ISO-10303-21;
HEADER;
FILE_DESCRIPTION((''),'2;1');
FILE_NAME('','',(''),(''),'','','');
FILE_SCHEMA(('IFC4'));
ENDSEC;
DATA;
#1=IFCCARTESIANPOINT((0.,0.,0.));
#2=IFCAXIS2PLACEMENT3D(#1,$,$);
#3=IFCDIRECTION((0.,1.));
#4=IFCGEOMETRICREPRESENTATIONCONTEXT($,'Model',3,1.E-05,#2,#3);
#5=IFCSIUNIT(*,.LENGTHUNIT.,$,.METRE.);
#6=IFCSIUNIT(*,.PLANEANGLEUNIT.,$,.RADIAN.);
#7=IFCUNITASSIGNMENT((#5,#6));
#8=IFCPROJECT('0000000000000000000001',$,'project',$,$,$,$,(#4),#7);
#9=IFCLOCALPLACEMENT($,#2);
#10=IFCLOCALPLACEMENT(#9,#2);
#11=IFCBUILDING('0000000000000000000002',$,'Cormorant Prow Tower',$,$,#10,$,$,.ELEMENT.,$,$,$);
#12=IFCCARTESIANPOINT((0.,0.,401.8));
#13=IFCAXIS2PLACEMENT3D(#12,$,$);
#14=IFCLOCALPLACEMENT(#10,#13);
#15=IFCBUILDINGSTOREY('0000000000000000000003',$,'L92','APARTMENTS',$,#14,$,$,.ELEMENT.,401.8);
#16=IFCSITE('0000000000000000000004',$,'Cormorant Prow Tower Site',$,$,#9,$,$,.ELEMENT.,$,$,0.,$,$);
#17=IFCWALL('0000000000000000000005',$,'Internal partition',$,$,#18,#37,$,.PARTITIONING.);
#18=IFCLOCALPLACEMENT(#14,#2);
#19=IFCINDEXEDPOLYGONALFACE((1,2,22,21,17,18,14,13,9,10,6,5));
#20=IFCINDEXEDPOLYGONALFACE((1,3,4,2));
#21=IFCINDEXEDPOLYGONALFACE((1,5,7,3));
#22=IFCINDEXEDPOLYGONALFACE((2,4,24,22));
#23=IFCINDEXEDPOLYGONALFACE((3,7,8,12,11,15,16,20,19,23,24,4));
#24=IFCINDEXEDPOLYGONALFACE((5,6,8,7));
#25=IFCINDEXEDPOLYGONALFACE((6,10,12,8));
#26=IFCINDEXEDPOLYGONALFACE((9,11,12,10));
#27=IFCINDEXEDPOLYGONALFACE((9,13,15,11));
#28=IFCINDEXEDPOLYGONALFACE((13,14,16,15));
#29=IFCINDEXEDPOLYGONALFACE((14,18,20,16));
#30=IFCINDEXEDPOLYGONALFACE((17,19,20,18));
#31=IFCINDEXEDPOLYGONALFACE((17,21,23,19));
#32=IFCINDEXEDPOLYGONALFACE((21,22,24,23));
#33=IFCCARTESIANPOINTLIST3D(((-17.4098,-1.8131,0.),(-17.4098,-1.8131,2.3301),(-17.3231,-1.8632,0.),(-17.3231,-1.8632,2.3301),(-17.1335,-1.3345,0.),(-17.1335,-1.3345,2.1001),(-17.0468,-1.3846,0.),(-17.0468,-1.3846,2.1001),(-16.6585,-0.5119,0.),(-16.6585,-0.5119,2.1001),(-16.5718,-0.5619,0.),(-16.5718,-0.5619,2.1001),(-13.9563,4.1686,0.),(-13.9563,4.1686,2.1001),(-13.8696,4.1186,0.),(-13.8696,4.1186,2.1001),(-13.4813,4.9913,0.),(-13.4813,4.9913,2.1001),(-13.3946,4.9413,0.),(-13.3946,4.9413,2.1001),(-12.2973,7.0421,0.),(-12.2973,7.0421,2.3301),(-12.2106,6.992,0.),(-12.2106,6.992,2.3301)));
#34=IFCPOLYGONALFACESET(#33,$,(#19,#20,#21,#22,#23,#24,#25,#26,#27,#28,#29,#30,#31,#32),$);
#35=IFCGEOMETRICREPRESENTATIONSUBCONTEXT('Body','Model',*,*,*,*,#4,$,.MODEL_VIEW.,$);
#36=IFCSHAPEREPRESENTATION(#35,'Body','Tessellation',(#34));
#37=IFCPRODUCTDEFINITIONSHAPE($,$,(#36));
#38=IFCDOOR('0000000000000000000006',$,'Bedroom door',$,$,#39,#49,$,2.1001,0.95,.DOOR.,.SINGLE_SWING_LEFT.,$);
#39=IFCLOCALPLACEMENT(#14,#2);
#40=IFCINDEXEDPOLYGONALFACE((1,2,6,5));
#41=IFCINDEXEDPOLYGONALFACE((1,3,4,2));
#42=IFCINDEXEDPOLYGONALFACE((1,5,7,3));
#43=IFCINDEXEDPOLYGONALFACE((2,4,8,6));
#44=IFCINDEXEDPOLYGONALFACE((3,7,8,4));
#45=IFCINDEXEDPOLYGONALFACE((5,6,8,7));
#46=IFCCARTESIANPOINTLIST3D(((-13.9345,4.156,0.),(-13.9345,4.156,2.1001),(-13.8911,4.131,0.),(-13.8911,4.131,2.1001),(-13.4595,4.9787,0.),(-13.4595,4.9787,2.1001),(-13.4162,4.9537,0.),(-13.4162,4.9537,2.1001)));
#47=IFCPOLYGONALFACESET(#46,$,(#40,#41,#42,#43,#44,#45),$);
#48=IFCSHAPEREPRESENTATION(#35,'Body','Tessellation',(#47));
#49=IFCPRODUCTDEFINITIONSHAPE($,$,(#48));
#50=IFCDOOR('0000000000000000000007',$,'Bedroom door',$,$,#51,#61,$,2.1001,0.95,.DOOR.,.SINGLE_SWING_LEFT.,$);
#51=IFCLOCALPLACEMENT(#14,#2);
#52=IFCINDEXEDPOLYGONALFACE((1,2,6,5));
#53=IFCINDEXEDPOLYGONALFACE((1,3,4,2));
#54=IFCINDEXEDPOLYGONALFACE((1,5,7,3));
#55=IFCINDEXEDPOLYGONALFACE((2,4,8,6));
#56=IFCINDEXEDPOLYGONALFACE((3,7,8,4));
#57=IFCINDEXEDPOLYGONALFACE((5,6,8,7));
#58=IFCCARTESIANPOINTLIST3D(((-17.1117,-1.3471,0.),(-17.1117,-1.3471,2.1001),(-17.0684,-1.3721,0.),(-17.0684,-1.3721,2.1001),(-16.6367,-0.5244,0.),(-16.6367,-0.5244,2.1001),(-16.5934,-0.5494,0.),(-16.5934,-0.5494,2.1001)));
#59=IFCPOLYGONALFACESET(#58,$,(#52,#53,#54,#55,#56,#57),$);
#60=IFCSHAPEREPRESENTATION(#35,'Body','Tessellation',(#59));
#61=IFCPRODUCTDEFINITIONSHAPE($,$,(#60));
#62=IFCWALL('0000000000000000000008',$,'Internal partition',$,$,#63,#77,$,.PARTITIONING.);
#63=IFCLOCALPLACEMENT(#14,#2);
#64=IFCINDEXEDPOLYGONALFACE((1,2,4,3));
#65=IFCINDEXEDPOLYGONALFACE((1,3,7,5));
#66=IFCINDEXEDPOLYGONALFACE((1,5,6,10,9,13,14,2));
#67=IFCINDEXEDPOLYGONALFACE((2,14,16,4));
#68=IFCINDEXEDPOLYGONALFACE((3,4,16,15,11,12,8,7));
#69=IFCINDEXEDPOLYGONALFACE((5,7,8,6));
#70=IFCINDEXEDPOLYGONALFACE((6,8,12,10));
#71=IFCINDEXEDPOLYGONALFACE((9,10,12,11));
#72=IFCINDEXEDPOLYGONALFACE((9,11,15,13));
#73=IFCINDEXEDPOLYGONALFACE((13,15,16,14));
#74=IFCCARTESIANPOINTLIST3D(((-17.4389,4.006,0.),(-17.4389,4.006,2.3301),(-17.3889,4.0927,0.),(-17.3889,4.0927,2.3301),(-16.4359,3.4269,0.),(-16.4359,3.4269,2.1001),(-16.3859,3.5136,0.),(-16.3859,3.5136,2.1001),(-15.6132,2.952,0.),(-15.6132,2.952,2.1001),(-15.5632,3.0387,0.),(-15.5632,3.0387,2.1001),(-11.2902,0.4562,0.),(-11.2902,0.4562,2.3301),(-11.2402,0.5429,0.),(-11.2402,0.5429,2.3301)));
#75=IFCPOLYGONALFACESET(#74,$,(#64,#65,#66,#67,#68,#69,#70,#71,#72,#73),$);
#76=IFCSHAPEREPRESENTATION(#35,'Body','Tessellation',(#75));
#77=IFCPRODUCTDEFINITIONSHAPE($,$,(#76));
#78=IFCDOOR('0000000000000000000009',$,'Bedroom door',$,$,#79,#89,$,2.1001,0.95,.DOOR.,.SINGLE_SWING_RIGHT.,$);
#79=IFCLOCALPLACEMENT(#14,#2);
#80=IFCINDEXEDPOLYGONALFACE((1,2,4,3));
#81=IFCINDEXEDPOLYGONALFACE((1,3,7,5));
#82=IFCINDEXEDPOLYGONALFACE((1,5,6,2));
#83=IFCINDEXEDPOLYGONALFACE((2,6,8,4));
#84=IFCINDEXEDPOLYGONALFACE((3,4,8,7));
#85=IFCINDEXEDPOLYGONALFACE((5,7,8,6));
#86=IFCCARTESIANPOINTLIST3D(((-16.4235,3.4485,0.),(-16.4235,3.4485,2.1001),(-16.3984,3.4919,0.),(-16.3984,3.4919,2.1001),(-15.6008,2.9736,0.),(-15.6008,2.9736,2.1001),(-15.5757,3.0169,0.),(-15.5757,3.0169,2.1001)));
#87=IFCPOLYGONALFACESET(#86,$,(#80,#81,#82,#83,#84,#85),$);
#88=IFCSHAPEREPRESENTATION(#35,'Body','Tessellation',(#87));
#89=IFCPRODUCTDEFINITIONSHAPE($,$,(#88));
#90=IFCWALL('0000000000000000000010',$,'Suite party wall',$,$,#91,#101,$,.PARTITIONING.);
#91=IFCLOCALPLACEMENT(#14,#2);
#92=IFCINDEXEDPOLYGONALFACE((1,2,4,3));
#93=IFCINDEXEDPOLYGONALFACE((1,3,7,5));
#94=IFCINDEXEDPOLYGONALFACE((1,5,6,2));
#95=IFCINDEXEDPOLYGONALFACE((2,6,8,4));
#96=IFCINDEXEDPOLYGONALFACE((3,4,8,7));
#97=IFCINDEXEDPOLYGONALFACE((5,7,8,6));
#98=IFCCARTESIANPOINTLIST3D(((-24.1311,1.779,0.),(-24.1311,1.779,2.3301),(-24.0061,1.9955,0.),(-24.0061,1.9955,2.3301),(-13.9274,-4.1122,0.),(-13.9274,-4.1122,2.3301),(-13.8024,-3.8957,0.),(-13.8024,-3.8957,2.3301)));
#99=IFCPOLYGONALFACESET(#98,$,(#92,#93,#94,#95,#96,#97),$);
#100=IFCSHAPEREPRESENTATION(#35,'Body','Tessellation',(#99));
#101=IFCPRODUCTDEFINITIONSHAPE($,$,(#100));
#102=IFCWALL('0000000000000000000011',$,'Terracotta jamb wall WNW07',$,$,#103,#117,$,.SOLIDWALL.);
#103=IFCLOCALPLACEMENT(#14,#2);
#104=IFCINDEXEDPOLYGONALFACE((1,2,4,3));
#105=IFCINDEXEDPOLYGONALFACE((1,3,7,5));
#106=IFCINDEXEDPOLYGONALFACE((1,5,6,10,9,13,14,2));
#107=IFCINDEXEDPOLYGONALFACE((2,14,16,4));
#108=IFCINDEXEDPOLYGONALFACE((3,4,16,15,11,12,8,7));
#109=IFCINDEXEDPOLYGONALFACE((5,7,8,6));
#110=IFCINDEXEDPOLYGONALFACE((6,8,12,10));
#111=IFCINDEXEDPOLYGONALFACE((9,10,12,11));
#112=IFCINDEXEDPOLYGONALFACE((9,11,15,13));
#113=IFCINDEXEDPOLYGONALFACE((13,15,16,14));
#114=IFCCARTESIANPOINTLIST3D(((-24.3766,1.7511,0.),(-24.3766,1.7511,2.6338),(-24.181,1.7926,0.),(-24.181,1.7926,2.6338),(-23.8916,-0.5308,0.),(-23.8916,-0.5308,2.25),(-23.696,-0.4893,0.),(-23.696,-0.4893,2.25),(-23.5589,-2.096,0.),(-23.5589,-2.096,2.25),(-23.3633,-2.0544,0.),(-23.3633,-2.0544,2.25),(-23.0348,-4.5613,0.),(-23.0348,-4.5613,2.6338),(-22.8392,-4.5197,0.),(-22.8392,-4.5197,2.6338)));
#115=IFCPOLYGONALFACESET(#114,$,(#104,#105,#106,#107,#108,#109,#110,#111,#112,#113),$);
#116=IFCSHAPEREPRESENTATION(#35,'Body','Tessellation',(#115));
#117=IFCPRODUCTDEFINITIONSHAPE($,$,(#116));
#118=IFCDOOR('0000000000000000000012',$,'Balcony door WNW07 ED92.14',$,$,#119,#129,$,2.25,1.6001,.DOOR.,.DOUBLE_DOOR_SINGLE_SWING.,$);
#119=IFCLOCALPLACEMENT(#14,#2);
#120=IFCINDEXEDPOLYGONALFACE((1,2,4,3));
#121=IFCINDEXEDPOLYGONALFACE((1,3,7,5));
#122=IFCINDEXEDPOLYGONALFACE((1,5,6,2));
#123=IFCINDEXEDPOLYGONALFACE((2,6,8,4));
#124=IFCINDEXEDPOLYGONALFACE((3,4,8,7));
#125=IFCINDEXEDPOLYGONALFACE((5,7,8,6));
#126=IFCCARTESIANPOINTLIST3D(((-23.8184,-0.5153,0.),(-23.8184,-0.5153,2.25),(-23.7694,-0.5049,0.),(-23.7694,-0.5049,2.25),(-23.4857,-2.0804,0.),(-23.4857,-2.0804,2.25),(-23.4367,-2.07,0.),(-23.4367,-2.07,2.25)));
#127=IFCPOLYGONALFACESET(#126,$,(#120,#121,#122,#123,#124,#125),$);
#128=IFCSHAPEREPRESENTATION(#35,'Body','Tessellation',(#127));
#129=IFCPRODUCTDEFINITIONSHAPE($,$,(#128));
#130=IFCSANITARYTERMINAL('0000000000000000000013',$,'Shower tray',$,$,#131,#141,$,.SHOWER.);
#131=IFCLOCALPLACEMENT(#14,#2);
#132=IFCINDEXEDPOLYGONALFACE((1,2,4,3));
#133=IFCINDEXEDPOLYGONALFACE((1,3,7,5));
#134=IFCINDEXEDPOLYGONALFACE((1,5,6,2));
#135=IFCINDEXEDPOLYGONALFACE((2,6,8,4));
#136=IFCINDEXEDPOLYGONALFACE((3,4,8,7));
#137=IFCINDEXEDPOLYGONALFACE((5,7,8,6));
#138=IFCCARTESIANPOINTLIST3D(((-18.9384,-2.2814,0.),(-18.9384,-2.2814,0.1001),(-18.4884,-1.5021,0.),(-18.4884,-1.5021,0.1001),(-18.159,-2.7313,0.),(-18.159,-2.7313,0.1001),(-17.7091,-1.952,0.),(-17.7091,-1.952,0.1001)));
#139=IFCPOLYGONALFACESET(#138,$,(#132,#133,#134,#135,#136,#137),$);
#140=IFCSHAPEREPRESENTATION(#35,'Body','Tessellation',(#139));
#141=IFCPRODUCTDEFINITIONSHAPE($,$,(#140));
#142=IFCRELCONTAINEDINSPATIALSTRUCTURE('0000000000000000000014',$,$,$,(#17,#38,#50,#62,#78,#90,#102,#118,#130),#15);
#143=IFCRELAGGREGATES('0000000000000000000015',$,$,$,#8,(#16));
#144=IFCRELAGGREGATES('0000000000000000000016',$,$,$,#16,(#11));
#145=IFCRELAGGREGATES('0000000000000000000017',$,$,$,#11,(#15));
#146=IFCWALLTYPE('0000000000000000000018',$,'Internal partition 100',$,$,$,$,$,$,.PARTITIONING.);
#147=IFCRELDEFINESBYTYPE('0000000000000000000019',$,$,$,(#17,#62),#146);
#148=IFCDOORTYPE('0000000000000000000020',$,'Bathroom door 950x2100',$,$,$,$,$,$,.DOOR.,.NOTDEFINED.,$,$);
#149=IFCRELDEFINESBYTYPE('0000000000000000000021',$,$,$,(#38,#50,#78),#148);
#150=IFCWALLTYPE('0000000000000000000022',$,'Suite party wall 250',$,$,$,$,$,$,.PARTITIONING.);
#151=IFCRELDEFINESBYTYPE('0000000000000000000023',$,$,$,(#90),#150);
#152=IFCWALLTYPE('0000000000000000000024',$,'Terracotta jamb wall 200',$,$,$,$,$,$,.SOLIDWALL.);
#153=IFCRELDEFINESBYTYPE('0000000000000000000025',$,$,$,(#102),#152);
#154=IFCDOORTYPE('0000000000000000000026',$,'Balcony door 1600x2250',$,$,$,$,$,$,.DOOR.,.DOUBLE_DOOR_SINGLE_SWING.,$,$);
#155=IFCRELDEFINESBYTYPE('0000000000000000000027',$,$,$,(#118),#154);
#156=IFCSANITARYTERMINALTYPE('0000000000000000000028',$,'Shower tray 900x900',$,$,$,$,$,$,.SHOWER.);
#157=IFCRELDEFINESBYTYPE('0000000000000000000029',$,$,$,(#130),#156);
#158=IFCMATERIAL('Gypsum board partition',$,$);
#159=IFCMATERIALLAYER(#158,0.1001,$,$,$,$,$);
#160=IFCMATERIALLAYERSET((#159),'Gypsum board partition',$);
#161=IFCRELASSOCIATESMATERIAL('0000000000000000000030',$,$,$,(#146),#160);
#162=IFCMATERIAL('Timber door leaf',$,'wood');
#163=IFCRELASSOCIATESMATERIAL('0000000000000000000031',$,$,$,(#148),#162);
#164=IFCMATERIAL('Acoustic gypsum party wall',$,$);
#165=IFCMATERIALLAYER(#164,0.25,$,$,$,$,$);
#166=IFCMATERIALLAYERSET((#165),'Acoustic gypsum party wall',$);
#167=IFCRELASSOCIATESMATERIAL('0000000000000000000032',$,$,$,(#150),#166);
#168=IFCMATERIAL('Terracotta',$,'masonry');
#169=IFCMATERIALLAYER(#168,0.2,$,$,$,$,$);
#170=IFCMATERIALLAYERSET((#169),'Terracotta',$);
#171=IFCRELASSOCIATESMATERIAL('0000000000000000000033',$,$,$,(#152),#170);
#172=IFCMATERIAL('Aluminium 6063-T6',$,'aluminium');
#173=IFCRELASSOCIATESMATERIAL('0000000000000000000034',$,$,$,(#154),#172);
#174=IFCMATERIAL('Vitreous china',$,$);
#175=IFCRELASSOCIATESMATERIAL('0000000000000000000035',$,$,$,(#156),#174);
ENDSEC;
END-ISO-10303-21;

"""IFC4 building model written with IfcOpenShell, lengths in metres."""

from ifc_helpers import new_model, si_unit, direction, frame, frame_2d, origin, origin_2d, place, context, subcontext, project, spatial, rectangle, extrude, material, layer, layer_set, type_object, element, fill, save


model = new_model("IFC4")

# Units and contexts
model_context = context("Model", 3, precision=1e-05, world=origin(), true_north=direction((0.0, 1.0)))
body_context = subcontext(model_context, "Body", "Model", "MODEL_VIEW")
ifc_project = project(units=[si_unit("LENGTHUNIT", "METRE"), si_unit("PLANEANGLEUNIT", "RADIAN")], contexts=[model_context])

# Site, building, storey
site_placement = place(None, origin())
site = spatial("IfcSite", under=ifc_project, at=site_placement, Name="Cormorant Prow Tower Site", CompositionType="ELEMENT", RefElevation=0.0)
building_placement = place(site_placement, origin())
building = spatial("IfcBuilding", under=site, at=building_placement, Name="Cormorant Prow Tower", CompositionType="ELEMENT")
storey_placement = place(building_placement, frame((0.0, 0.0, 401.8)))
storey = spatial("IfcBuildingStorey", under=building, at=storey_placement, Name="L92", Description="APARTMENTS", CompositionType="ELEMENT", Elevation=401.8)

# Wall, openings, doors
ifc_material_1 = material(Name="Gypsum board partition")
ifc_layer_1 = layer(ifc_material_1, 0.1001)
ifc_layer_set_1 = layer_set([ifc_layer_1], Name="Gypsum board partition")
wall_type_1 = type_object("IfcWallType", Name="Internal partition 100", PredefinedType="PARTITIONING", material=ifc_layer_set_1)
wall_1_placement = place(storey_placement, frame((-17.3665, -1.8381, 0.0), z_axis=(0.0, 0.0, 1.0), x_axis=(0.499999, 0.866026, 0.0)))
wall_1 = element("IfcWall", 1, at=wall_1_placement, inside=storey, type_object=wall_type_1, Name="Internal partition", PredefinedType="PARTITIONING", context=body_context, shape_type="SweptSolid", body=[
    extrude(rectangle(XDim=10.2251, YDim=0.1001, at=frame_2d((5.1125, 0.0))), origin(), (0.0, 0.0, 1.0), 2.3301),
])
opening_1_placement = place(wall_1_placement, frame((6.907, 0.0, 0.0)))
opening_1 = element("IfcOpeningElement", 2, at=opening_1_placement, cuts=wall_1, PredefinedType="OPENING", context=body_context, shape_type="SweptSolid", body=[
    extrude(rectangle(XDim=0.95, YDim=2.1001, at=frame_2d((0.4751, 1.05))), frame((0.0, 0.0601, 0.0), z_axis=(0.0, -1.0, 0.0), x_axis=(1.0, 0.0, 0.0)), (0.0, 0.0, 1.0), 0.1201),
])
opening_2_placement = place(wall_1_placement, frame((0.5525, 0.0, 0.0)))
opening_2 = element("IfcOpeningElement", 3, at=opening_2_placement, cuts=wall_1, PredefinedType="OPENING", context=body_context, shape_type="SweptSolid", body=[
    extrude(rectangle(XDim=0.95, YDim=2.1001, at=frame_2d((0.4751, 1.05))), frame((0.0, 0.0601, 0.0), z_axis=(0.0, -1.0, 0.0), x_axis=(1.0, 0.0, 0.0)), (0.0, 0.0, 1.0), 0.1201),
])
ifc_material_2 = material(Name="Timber door leaf", Category="wood")
door_type_1 = type_object("IfcDoorType", Name="Bathroom door 950x2100", OperationType="NOTDEFINED", PredefinedType="DOOR", material=ifc_material_2)
door_1_placement = place(opening_1_placement, origin())
door_1 = element("IfcDoor", 4, at=door_1_placement, inside=storey, type_object=door_type_1, Name="Bedroom door", OperationType="SINGLE_SWING_LEFT", OverallHeight=2.1001, OverallWidth=0.95, PredefinedType="DOOR", context=body_context, shape_type="SweptSolid", body=[
    extrude(rectangle(XDim=0.95, YDim=2.1001, at=frame_2d((0.4751, 1.05))), frame((0.0, 0.0249, 0.0), z_axis=(0.0, -1.0, 0.0), x_axis=(1.0, 0.0, 0.0)), (0.0, 0.0, 1.0), 0.05),
])
fill(opening_1, door_1)
door_2_placement = place(opening_2_placement, origin())
door_2 = element("IfcDoor", 5, at=door_2_placement, inside=storey, type_object=door_type_1, Name="Bedroom door", OperationType="SINGLE_SWING_LEFT", OverallHeight=2.1001, OverallWidth=0.95, PredefinedType="DOOR", context=body_context, shape_type="SweptSolid", body=[
    extrude(rectangle(XDim=0.95, YDim=2.1001, at=frame_2d((0.4751, 1.05))), frame((0.0, 0.0249, 0.0), z_axis=(0.0, -1.0, 0.0), x_axis=(1.0, 0.0, 0.0)), (0.0, 0.0, 1.0), 0.05),
])
fill(opening_2, door_2)

# Wall, opening, door
wall_2_placement = place(storey_placement, frame((-17.4138, 4.0493, 0.0), z_axis=(0.0, 0.0, 1.0), x_axis=(0.866034, -0.499985, 0.0)))
wall_2 = element("IfcWall", 6, at=wall_2_placement, inside=storey, type_object=wall_type_1, Name="Internal partition", PredefinedType="PARTITIONING", context=body_context, shape_type="SweptSolid", body=[
    extrude(rectangle(XDim=7.0999, YDim=0.1001, at=frame_2d((3.5498, 0.0))), origin(), (0.0, 0.0, 1.0), 2.3301),
])
opening_3_placement = place(wall_2_placement, frame((1.158, 0.0, 0.0)))
opening_3 = element("IfcOpeningElement", 7, at=opening_3_placement, cuts=wall_2, PredefinedType="OPENING", context=body_context, shape_type="SweptSolid", body=[
    extrude(rectangle(XDim=0.95, YDim=2.1001, at=frame_2d((0.4751, 1.05))), frame((0.0, 0.0601, 0.0), z_axis=(0.0, -1.0, 0.0), x_axis=(1.0, 0.0, 0.0)), (0.0, 0.0, 1.0), 0.1201),
])
door_3_placement = place(opening_3_placement, origin())
door_3 = element("IfcDoor", 8, at=door_3_placement, inside=storey, type_object=door_type_1, Name="Bedroom door", OperationType="SINGLE_SWING_RIGHT", OverallHeight=2.1001, OverallWidth=0.95, PredefinedType="DOOR", context=body_context, shape_type="SweptSolid", body=[
    extrude(rectangle(XDim=0.95, YDim=2.1001, at=frame_2d((0.4751, 1.05))), frame((0.0, 0.0249, 0.0), z_axis=(0.0, -1.0, 0.0), x_axis=(1.0, 0.0, 0.0)), (0.0, 0.0, 1.0), 0.05),
])
fill(opening_3, door_3)

# Wall
ifc_material_3 = material(Name="Acoustic gypsum party wall")
ifc_layer_2 = layer(ifc_material_3, 0.25)
ifc_layer_set_2 = layer_set([ifc_layer_2], Name="Acoustic gypsum party wall")
wall_type_2 = type_object("IfcWallType", Name="Suite party wall 250", PredefinedType="PARTITIONING", material=ifc_layer_set_2)
wall_3_placement = place(storey_placement, frame((-24.0686, 1.8872, 0.0), z_axis=(0.0, 0.0, 1.0), x_axis=(0.866023, -0.500003, 0.0)))
element("IfcWall", 9, at=wall_3_placement, inside=storey, type_object=wall_type_2, Name="Suite party wall", PredefinedType="PARTITIONING", context=body_context, shape_type="SweptSolid", body=[
    extrude(rectangle(XDim=11.7822, YDim=0.25, at=frame_2d((5.8911, 0.0))), origin(), (0.0, 0.0, 1.0), 2.3301),
])

# Wall, opening, door
ifc_material_4 = material(Name="Terracotta", Category="masonry")
ifc_layer_3 = layer(ifc_material_4, 0.2)
ifc_layer_set_3 = layer_set([ifc_layer_3], Name="Terracotta")
wall_type_3 = type_object("IfcWallType", Name="Terracotta jamb wall 200", PredefinedType="SOLIDWALL", material=ifc_layer_set_3)
wall_4_placement = place(storey_placement, frame((-24.2788, 1.7717, 0.0), z_axis=(0.0, 0.0, 1.0), x_axis=(0.207924, -0.978145, 0.0)))
wall_4 = element("IfcWall", 10, at=wall_4_placement, inside=storey, type_object=wall_type_3, Name="Terracotta jamb wall WNW07", PredefinedType="SOLIDWALL", context=body_context, shape_type="SweptSolid", body=[
    extrude(rectangle(XDim=6.4534, YDim=0.2, at=frame_2d((3.2266, 0.0))), origin(), (0.0, 0.0, 1.0), 2.6338),
])
opening_4_placement = place(wall_4_placement, frame((2.3328, 0.0, 0.0)))
opening_4 = element("IfcOpeningElement", 11, at=opening_4_placement, cuts=wall_4, PredefinedType="OPENING", context=body_context, shape_type="SweptSolid", body=[
    extrude(rectangle(XDim=1.6001, YDim=2.25, at=frame_2d((0.8, 1.125))), frame((0.0, 0.1099, 0.0), z_axis=(0.0, -1.0, 0.0), x_axis=(1.0, 0.0, 0.0)), (0.0, 0.0, 1.0), 0.22),
])
ifc_material_5 = material(Name="Aluminium 6063-T6", Category="aluminium")
door_type_2 = type_object("IfcDoorType", Name="Balcony door 1600x2250", OperationType="DOUBLE_DOOR_SINGLE_SWING", PredefinedType="DOOR", material=ifc_material_5)
door_4_placement = place(opening_4_placement, origin())
door_4 = element("IfcDoor", 12, at=door_4_placement, inside=storey, type_object=door_type_2, Name="Balcony door WNW07 ED92.14", OperationType="DOUBLE_DOOR_SINGLE_SWING", OverallHeight=2.25, OverallWidth=1.6001, PredefinedType="DOOR", context=body_context, shape_type="SweptSolid", body=[
    extrude(rectangle(XDim=1.6001, YDim=2.25, at=frame_2d((0.8, 1.125))), frame((0.0, 0.0249, 0.0), z_axis=(0.0, -1.0, 0.0), x_axis=(1.0, 0.0, 0.0)), (0.0, 0.0, 1.0), 0.05),
])
fill(opening_4, door_4)

# Sanitary terminal
ifc_material_6 = material(Name="Vitreous china")
sanitary_terminal_type = type_object("IfcSanitaryTerminalType", Name="Shower tray 900x900", PredefinedType="SHOWER", material=ifc_material_6)
sanitary_terminal_placement = place(storey_placement, frame((-18.3237, -2.1167, 0.0), z_axis=(0.0, 0.0, 1.0), x_axis=(0.866025, -0.5, 0.0)))
element("IfcSanitaryTerminal", 13, at=sanitary_terminal_placement, inside=storey, type_object=sanitary_terminal_type, Name="Shower tray", PredefinedType="SHOWER", context=body_context, shape_type="SweptSolid", body=[
    extrude(rectangle(XDim=0.8999, YDim=0.8999, at=origin_2d()), origin(), (0.0, 0.0, 1.0), 0.1001),
])

save(model, "model.ifc")
